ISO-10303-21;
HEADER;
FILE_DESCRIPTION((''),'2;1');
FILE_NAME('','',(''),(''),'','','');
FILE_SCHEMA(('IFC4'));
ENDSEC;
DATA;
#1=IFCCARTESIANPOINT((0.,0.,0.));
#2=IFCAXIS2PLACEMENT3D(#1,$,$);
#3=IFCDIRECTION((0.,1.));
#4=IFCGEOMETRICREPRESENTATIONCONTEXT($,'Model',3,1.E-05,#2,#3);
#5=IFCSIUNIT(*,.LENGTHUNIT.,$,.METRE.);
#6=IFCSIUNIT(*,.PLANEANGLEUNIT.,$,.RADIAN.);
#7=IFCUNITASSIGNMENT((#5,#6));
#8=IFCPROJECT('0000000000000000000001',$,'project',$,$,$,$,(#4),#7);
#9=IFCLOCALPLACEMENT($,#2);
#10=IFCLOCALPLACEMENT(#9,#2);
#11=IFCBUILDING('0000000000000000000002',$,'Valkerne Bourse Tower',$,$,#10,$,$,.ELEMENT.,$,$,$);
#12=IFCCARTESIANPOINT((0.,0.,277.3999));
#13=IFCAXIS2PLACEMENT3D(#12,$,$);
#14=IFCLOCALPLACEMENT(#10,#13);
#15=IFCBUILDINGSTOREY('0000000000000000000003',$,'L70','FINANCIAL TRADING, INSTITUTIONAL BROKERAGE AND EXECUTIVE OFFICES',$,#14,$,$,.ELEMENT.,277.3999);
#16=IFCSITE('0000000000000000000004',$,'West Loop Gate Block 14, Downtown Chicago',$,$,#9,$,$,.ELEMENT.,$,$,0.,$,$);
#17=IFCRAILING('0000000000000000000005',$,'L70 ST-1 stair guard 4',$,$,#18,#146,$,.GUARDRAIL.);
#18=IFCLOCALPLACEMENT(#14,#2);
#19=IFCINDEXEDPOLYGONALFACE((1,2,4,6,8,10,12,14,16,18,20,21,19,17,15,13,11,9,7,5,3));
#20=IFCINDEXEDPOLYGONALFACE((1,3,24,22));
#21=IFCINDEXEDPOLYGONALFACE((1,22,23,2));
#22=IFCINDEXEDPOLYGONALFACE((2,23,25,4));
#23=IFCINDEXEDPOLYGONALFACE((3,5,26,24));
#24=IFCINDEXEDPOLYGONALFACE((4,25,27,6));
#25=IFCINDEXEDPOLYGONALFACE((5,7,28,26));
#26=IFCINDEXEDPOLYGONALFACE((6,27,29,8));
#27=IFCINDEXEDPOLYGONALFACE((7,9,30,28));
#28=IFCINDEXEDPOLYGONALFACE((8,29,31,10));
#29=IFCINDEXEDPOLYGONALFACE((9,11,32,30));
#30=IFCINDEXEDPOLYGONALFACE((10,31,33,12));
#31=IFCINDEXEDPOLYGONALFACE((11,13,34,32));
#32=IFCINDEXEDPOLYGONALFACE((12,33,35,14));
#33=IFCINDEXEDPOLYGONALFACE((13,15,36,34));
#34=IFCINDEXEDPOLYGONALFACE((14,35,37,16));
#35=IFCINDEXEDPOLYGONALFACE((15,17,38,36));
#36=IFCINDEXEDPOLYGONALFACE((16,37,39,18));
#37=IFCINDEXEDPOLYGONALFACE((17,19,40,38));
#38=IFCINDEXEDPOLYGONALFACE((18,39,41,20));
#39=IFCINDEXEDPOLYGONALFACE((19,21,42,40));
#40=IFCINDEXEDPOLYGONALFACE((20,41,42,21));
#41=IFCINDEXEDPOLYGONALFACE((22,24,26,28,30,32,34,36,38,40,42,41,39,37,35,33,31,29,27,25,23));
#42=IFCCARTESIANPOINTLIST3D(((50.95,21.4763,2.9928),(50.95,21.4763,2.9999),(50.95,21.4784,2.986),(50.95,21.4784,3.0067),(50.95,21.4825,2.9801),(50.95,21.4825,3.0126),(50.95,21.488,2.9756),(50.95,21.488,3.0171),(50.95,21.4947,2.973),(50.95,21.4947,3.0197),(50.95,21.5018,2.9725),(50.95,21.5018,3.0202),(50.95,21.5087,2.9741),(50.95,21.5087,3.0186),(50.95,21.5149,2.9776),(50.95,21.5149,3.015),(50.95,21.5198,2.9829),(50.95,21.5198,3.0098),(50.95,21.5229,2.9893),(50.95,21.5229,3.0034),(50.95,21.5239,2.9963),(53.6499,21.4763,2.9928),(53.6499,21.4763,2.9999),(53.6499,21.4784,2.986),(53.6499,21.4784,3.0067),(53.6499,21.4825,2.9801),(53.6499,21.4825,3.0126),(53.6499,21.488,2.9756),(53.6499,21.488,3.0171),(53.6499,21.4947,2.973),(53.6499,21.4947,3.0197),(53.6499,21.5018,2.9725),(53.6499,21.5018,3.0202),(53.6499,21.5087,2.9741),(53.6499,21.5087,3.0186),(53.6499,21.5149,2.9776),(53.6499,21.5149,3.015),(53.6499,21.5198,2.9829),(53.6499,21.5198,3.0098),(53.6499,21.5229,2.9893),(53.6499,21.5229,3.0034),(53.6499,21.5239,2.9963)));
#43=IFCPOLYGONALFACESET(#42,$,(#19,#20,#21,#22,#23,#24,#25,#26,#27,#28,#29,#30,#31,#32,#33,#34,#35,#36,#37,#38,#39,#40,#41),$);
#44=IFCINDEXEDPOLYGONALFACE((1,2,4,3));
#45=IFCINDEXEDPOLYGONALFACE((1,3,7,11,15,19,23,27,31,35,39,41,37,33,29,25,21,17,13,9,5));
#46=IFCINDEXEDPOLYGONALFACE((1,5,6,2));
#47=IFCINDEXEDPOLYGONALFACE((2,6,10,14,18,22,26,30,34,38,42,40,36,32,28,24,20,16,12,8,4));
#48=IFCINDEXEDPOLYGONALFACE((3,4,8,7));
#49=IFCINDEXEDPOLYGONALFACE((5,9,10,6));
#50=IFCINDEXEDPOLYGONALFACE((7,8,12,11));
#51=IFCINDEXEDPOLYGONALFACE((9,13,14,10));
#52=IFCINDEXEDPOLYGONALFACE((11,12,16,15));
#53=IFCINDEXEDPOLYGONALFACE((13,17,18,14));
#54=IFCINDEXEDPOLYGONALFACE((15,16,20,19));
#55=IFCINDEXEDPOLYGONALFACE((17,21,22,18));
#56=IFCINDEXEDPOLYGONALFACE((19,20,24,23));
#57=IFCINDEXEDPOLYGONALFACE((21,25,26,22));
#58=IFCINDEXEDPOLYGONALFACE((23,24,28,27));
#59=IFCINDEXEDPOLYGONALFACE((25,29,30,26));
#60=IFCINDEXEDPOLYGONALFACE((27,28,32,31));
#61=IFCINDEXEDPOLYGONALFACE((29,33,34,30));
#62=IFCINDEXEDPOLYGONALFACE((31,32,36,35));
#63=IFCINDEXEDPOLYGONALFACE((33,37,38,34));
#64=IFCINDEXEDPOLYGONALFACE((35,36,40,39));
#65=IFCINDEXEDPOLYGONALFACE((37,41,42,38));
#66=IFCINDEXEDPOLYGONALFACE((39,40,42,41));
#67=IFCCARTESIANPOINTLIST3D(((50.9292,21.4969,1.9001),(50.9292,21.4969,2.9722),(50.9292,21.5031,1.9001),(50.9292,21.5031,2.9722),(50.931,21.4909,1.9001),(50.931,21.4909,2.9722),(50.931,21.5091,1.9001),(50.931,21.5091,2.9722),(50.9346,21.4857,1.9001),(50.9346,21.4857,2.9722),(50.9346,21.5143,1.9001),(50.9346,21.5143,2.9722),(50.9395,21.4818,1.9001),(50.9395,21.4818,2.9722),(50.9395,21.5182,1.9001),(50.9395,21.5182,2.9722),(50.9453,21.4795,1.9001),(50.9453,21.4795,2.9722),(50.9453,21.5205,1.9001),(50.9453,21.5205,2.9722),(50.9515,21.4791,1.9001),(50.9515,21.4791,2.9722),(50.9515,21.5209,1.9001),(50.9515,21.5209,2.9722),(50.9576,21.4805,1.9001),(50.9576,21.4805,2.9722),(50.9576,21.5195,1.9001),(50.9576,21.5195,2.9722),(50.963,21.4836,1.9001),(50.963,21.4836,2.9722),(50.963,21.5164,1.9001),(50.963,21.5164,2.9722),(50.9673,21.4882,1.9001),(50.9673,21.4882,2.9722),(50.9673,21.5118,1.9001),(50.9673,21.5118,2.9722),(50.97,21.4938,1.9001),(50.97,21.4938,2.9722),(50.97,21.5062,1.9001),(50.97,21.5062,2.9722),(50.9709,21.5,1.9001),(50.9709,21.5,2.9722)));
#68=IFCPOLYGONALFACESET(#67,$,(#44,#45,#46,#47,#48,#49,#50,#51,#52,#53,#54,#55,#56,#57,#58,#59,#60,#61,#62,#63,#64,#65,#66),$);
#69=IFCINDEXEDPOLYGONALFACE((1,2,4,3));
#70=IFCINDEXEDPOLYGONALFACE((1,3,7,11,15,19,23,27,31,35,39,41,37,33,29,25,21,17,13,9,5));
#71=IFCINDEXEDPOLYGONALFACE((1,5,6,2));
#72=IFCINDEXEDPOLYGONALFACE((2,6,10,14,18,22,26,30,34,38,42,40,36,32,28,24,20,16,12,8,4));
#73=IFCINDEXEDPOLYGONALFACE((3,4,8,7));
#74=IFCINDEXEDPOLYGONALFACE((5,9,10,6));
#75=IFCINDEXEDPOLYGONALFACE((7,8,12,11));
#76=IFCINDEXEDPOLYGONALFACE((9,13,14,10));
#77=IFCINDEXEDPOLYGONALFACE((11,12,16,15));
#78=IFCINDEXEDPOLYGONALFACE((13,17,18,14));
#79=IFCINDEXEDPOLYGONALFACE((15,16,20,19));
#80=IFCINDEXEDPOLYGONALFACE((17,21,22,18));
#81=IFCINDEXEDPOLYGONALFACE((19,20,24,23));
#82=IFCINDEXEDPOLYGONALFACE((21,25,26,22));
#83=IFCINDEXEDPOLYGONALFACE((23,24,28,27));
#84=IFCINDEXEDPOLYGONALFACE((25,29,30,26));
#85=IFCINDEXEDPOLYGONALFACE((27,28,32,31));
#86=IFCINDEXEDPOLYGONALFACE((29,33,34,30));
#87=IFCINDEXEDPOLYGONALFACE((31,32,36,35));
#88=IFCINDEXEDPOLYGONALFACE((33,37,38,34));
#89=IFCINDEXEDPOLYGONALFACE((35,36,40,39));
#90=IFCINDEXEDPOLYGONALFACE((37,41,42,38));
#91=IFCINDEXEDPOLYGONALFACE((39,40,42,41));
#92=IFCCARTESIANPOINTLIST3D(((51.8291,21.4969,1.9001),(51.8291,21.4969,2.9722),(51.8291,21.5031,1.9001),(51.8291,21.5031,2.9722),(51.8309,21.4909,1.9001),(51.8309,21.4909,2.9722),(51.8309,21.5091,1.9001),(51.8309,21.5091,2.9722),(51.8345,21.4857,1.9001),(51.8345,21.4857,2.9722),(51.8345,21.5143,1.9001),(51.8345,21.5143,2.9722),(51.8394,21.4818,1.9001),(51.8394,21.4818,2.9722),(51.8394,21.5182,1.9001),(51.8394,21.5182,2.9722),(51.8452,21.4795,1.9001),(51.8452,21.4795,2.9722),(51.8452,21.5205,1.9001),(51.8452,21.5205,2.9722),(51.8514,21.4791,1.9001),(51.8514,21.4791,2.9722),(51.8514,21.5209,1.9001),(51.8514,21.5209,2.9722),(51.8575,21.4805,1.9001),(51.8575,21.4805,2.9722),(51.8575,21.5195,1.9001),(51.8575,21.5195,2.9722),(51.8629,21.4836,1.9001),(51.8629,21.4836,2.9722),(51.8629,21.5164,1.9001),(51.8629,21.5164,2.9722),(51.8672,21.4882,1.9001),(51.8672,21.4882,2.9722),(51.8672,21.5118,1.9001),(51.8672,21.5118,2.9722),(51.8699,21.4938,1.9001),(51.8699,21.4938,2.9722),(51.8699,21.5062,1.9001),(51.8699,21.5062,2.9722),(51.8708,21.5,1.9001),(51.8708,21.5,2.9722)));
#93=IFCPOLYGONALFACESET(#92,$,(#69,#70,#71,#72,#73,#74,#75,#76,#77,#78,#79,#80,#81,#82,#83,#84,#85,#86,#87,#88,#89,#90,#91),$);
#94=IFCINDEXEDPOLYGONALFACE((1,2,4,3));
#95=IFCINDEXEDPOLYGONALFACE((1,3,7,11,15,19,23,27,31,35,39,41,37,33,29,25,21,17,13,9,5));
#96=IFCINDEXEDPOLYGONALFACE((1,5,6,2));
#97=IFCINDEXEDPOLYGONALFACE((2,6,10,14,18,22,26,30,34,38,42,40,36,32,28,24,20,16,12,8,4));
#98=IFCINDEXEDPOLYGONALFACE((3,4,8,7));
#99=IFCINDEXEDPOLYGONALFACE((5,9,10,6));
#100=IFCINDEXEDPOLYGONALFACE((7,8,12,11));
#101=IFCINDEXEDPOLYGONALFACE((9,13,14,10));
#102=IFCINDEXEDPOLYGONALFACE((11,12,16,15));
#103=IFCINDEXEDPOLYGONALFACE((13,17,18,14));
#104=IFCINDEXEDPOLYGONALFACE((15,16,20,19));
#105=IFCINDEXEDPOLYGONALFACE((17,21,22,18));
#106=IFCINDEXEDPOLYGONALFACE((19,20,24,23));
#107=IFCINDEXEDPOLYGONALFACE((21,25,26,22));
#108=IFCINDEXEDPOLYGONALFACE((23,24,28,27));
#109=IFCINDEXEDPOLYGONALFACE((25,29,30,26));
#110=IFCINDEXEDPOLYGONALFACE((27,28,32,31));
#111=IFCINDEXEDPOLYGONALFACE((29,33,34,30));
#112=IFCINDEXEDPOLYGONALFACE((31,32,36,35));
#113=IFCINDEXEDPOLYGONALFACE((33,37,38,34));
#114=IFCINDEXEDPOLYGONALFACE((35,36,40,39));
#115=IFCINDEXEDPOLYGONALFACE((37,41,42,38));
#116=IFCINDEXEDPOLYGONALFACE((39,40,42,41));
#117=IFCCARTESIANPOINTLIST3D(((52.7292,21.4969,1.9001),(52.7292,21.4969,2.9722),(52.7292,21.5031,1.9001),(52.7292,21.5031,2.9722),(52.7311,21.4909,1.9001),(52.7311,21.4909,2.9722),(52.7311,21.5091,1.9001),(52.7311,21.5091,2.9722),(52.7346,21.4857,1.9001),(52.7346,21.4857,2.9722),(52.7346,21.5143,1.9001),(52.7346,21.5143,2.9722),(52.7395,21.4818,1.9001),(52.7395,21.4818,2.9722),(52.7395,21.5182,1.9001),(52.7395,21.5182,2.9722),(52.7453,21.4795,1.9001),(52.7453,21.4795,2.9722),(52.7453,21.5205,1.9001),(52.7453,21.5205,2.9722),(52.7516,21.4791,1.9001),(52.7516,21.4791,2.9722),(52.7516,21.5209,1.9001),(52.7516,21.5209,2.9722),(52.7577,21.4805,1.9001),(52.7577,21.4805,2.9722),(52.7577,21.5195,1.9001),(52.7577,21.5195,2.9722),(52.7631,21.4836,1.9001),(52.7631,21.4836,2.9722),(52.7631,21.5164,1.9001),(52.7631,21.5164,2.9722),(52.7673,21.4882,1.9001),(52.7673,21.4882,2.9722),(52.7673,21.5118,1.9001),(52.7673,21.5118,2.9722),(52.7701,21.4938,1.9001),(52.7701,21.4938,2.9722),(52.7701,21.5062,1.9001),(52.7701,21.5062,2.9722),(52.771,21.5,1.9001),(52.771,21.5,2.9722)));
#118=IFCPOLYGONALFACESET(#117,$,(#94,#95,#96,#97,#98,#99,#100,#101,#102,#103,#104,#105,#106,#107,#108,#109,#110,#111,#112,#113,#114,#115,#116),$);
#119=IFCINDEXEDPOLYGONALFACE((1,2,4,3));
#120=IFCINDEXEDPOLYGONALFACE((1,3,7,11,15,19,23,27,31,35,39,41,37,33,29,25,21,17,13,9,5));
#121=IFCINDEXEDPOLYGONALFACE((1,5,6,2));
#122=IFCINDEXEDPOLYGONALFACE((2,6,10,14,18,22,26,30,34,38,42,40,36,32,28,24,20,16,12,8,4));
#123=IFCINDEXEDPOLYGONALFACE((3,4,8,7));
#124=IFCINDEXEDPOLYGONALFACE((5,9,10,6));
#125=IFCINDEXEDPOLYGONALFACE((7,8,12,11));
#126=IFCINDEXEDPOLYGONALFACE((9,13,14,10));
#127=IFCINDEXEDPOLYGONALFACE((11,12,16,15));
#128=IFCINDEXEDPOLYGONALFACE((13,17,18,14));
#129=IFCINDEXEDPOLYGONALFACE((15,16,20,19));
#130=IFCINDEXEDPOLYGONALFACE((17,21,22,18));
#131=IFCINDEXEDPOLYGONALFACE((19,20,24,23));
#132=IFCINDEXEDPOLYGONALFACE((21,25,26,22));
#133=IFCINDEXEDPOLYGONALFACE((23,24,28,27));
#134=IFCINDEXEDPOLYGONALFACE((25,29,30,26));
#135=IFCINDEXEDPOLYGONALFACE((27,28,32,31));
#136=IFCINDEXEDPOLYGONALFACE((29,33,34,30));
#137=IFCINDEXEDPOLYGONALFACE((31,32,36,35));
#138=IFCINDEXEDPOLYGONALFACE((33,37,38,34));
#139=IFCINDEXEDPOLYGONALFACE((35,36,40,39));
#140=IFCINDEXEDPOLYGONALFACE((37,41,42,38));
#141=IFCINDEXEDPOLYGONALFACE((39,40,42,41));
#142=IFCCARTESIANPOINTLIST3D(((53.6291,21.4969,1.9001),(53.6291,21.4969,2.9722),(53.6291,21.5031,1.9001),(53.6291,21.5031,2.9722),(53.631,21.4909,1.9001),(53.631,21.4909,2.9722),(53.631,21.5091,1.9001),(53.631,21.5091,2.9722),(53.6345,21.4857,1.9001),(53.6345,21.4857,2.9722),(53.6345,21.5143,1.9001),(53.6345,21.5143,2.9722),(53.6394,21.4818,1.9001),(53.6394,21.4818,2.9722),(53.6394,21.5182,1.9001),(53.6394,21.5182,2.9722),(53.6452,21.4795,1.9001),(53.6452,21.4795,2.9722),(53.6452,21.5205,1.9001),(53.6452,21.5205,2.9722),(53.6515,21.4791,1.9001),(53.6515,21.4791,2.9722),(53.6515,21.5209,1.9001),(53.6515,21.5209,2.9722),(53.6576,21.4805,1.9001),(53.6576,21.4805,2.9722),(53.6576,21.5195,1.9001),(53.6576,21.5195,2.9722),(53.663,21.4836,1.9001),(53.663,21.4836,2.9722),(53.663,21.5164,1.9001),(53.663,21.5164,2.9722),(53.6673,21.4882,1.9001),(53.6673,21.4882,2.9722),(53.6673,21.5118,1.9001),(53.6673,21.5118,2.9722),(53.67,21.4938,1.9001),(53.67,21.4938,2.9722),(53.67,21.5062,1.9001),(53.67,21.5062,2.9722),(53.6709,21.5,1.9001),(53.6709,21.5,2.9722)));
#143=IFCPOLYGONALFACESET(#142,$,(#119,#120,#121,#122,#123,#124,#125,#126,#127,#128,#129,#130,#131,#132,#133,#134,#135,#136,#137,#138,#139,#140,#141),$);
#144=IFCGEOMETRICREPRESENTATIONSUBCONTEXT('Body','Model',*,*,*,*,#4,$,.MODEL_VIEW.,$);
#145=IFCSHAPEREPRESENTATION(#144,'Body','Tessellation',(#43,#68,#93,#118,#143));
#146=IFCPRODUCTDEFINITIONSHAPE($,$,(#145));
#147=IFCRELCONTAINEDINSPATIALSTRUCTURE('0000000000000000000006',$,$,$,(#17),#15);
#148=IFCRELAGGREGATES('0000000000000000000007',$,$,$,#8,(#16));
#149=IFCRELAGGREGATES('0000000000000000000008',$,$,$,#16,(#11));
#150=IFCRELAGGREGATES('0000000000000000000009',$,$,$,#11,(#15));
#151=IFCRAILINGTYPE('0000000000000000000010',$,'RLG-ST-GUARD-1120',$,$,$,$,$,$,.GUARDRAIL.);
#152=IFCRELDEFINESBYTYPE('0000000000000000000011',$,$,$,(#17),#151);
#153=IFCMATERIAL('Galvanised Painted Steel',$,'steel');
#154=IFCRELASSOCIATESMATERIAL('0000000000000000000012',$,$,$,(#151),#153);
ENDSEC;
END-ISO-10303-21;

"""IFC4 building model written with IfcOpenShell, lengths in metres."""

from ifc_helpers import new_model, si_unit, direction, frame, origin, origin_2d, place, context, subcontext, project, spatial, circle, extrude, material, type_object, element, save


model = new_model("IFC4")

# Units and contexts
model_context = context("Model", 3, precision=1e-05, world=origin(), true_north=direction((0.0, 1.0)))
body_context = subcontext(model_context, "Body", "Model", "MODEL_VIEW")
ifc_project = project(units=[si_unit("LENGTHUNIT", "METRE"), si_unit("PLANEANGLEUNIT", "RADIAN")], contexts=[model_context])

# Site, building, storey
site_placement = place(None, origin())
site = spatial("IfcSite", under=ifc_project, at=site_placement, Name="West Loop Gate Block 14, Downtown Chicago", CompositionType="ELEMENT", RefElevation=0.0)
building_placement = place(site_placement, origin())
building = spatial("IfcBuilding", under=site, at=building_placement, Name="Valkerne Bourse Tower", CompositionType="ELEMENT")
storey_placement = place(building_placement, frame((0.0, 0.0, 277.3999)))
storey = spatial("IfcBuildingStorey", under=building, at=storey_placement, Name="L70", Description="FINANCIAL TRADING, INSTITUTIONAL BROKERAGE AND EXECUTIVE OFFICES", CompositionType="ELEMENT", Elevation=277.3999)

# Shared definitions
ifc_material_1 = material(Name="Galvanised Painted Steel", Category="steel")

# Railing
railing_type_1 = type_object("IfcRailingType", Name="RLG-ST-GUARD-1120", PredefinedType="GUARDRAIL", material=ifc_material_1)
for number, where, name in (
    (1, (50.95, 21.5, 1.9001), "L70 ST-1 stair guard 4"),
):
    element("IfcRailing", number, at=place(storey_placement, frame(where)), inside=storey, type_object=railing_type_1, Name=name, PredefinedType="GUARDRAIL", context=body_context, shape_type="SweptSolid", body=[
        extrude(circle(Radius=0.0239, at=origin_2d()), frame((0.0, 0.0, 1.0962), z_axis=(1.0, 0.0, 0.0), x_axis=(0.0, 1.0, 0.0)), (0.0, 0.0, 1.0), 2.7),
        extrude(circle(Radius=0.021, at=origin_2d()), origin(), (0.0, 0.0, 1.0), 1.072),
        extrude(circle(Radius=0.021, at=origin_2d()), frame((0.8999, 0.0, 0.0)), (0.0, 0.0, 1.0), 1.072),
        extrude(circle(Radius=0.021, at=origin_2d()), frame((1.8, 0.0, 0.0)), (0.0, 0.0, 1.0), 1.072),
        extrude(circle(Radius=0.021, at=origin_2d()), frame((2.7, 0.0, 0.0)), (0.0, 0.0, 1.0), 1.072),
    ])

save(model, "model.ifc")
